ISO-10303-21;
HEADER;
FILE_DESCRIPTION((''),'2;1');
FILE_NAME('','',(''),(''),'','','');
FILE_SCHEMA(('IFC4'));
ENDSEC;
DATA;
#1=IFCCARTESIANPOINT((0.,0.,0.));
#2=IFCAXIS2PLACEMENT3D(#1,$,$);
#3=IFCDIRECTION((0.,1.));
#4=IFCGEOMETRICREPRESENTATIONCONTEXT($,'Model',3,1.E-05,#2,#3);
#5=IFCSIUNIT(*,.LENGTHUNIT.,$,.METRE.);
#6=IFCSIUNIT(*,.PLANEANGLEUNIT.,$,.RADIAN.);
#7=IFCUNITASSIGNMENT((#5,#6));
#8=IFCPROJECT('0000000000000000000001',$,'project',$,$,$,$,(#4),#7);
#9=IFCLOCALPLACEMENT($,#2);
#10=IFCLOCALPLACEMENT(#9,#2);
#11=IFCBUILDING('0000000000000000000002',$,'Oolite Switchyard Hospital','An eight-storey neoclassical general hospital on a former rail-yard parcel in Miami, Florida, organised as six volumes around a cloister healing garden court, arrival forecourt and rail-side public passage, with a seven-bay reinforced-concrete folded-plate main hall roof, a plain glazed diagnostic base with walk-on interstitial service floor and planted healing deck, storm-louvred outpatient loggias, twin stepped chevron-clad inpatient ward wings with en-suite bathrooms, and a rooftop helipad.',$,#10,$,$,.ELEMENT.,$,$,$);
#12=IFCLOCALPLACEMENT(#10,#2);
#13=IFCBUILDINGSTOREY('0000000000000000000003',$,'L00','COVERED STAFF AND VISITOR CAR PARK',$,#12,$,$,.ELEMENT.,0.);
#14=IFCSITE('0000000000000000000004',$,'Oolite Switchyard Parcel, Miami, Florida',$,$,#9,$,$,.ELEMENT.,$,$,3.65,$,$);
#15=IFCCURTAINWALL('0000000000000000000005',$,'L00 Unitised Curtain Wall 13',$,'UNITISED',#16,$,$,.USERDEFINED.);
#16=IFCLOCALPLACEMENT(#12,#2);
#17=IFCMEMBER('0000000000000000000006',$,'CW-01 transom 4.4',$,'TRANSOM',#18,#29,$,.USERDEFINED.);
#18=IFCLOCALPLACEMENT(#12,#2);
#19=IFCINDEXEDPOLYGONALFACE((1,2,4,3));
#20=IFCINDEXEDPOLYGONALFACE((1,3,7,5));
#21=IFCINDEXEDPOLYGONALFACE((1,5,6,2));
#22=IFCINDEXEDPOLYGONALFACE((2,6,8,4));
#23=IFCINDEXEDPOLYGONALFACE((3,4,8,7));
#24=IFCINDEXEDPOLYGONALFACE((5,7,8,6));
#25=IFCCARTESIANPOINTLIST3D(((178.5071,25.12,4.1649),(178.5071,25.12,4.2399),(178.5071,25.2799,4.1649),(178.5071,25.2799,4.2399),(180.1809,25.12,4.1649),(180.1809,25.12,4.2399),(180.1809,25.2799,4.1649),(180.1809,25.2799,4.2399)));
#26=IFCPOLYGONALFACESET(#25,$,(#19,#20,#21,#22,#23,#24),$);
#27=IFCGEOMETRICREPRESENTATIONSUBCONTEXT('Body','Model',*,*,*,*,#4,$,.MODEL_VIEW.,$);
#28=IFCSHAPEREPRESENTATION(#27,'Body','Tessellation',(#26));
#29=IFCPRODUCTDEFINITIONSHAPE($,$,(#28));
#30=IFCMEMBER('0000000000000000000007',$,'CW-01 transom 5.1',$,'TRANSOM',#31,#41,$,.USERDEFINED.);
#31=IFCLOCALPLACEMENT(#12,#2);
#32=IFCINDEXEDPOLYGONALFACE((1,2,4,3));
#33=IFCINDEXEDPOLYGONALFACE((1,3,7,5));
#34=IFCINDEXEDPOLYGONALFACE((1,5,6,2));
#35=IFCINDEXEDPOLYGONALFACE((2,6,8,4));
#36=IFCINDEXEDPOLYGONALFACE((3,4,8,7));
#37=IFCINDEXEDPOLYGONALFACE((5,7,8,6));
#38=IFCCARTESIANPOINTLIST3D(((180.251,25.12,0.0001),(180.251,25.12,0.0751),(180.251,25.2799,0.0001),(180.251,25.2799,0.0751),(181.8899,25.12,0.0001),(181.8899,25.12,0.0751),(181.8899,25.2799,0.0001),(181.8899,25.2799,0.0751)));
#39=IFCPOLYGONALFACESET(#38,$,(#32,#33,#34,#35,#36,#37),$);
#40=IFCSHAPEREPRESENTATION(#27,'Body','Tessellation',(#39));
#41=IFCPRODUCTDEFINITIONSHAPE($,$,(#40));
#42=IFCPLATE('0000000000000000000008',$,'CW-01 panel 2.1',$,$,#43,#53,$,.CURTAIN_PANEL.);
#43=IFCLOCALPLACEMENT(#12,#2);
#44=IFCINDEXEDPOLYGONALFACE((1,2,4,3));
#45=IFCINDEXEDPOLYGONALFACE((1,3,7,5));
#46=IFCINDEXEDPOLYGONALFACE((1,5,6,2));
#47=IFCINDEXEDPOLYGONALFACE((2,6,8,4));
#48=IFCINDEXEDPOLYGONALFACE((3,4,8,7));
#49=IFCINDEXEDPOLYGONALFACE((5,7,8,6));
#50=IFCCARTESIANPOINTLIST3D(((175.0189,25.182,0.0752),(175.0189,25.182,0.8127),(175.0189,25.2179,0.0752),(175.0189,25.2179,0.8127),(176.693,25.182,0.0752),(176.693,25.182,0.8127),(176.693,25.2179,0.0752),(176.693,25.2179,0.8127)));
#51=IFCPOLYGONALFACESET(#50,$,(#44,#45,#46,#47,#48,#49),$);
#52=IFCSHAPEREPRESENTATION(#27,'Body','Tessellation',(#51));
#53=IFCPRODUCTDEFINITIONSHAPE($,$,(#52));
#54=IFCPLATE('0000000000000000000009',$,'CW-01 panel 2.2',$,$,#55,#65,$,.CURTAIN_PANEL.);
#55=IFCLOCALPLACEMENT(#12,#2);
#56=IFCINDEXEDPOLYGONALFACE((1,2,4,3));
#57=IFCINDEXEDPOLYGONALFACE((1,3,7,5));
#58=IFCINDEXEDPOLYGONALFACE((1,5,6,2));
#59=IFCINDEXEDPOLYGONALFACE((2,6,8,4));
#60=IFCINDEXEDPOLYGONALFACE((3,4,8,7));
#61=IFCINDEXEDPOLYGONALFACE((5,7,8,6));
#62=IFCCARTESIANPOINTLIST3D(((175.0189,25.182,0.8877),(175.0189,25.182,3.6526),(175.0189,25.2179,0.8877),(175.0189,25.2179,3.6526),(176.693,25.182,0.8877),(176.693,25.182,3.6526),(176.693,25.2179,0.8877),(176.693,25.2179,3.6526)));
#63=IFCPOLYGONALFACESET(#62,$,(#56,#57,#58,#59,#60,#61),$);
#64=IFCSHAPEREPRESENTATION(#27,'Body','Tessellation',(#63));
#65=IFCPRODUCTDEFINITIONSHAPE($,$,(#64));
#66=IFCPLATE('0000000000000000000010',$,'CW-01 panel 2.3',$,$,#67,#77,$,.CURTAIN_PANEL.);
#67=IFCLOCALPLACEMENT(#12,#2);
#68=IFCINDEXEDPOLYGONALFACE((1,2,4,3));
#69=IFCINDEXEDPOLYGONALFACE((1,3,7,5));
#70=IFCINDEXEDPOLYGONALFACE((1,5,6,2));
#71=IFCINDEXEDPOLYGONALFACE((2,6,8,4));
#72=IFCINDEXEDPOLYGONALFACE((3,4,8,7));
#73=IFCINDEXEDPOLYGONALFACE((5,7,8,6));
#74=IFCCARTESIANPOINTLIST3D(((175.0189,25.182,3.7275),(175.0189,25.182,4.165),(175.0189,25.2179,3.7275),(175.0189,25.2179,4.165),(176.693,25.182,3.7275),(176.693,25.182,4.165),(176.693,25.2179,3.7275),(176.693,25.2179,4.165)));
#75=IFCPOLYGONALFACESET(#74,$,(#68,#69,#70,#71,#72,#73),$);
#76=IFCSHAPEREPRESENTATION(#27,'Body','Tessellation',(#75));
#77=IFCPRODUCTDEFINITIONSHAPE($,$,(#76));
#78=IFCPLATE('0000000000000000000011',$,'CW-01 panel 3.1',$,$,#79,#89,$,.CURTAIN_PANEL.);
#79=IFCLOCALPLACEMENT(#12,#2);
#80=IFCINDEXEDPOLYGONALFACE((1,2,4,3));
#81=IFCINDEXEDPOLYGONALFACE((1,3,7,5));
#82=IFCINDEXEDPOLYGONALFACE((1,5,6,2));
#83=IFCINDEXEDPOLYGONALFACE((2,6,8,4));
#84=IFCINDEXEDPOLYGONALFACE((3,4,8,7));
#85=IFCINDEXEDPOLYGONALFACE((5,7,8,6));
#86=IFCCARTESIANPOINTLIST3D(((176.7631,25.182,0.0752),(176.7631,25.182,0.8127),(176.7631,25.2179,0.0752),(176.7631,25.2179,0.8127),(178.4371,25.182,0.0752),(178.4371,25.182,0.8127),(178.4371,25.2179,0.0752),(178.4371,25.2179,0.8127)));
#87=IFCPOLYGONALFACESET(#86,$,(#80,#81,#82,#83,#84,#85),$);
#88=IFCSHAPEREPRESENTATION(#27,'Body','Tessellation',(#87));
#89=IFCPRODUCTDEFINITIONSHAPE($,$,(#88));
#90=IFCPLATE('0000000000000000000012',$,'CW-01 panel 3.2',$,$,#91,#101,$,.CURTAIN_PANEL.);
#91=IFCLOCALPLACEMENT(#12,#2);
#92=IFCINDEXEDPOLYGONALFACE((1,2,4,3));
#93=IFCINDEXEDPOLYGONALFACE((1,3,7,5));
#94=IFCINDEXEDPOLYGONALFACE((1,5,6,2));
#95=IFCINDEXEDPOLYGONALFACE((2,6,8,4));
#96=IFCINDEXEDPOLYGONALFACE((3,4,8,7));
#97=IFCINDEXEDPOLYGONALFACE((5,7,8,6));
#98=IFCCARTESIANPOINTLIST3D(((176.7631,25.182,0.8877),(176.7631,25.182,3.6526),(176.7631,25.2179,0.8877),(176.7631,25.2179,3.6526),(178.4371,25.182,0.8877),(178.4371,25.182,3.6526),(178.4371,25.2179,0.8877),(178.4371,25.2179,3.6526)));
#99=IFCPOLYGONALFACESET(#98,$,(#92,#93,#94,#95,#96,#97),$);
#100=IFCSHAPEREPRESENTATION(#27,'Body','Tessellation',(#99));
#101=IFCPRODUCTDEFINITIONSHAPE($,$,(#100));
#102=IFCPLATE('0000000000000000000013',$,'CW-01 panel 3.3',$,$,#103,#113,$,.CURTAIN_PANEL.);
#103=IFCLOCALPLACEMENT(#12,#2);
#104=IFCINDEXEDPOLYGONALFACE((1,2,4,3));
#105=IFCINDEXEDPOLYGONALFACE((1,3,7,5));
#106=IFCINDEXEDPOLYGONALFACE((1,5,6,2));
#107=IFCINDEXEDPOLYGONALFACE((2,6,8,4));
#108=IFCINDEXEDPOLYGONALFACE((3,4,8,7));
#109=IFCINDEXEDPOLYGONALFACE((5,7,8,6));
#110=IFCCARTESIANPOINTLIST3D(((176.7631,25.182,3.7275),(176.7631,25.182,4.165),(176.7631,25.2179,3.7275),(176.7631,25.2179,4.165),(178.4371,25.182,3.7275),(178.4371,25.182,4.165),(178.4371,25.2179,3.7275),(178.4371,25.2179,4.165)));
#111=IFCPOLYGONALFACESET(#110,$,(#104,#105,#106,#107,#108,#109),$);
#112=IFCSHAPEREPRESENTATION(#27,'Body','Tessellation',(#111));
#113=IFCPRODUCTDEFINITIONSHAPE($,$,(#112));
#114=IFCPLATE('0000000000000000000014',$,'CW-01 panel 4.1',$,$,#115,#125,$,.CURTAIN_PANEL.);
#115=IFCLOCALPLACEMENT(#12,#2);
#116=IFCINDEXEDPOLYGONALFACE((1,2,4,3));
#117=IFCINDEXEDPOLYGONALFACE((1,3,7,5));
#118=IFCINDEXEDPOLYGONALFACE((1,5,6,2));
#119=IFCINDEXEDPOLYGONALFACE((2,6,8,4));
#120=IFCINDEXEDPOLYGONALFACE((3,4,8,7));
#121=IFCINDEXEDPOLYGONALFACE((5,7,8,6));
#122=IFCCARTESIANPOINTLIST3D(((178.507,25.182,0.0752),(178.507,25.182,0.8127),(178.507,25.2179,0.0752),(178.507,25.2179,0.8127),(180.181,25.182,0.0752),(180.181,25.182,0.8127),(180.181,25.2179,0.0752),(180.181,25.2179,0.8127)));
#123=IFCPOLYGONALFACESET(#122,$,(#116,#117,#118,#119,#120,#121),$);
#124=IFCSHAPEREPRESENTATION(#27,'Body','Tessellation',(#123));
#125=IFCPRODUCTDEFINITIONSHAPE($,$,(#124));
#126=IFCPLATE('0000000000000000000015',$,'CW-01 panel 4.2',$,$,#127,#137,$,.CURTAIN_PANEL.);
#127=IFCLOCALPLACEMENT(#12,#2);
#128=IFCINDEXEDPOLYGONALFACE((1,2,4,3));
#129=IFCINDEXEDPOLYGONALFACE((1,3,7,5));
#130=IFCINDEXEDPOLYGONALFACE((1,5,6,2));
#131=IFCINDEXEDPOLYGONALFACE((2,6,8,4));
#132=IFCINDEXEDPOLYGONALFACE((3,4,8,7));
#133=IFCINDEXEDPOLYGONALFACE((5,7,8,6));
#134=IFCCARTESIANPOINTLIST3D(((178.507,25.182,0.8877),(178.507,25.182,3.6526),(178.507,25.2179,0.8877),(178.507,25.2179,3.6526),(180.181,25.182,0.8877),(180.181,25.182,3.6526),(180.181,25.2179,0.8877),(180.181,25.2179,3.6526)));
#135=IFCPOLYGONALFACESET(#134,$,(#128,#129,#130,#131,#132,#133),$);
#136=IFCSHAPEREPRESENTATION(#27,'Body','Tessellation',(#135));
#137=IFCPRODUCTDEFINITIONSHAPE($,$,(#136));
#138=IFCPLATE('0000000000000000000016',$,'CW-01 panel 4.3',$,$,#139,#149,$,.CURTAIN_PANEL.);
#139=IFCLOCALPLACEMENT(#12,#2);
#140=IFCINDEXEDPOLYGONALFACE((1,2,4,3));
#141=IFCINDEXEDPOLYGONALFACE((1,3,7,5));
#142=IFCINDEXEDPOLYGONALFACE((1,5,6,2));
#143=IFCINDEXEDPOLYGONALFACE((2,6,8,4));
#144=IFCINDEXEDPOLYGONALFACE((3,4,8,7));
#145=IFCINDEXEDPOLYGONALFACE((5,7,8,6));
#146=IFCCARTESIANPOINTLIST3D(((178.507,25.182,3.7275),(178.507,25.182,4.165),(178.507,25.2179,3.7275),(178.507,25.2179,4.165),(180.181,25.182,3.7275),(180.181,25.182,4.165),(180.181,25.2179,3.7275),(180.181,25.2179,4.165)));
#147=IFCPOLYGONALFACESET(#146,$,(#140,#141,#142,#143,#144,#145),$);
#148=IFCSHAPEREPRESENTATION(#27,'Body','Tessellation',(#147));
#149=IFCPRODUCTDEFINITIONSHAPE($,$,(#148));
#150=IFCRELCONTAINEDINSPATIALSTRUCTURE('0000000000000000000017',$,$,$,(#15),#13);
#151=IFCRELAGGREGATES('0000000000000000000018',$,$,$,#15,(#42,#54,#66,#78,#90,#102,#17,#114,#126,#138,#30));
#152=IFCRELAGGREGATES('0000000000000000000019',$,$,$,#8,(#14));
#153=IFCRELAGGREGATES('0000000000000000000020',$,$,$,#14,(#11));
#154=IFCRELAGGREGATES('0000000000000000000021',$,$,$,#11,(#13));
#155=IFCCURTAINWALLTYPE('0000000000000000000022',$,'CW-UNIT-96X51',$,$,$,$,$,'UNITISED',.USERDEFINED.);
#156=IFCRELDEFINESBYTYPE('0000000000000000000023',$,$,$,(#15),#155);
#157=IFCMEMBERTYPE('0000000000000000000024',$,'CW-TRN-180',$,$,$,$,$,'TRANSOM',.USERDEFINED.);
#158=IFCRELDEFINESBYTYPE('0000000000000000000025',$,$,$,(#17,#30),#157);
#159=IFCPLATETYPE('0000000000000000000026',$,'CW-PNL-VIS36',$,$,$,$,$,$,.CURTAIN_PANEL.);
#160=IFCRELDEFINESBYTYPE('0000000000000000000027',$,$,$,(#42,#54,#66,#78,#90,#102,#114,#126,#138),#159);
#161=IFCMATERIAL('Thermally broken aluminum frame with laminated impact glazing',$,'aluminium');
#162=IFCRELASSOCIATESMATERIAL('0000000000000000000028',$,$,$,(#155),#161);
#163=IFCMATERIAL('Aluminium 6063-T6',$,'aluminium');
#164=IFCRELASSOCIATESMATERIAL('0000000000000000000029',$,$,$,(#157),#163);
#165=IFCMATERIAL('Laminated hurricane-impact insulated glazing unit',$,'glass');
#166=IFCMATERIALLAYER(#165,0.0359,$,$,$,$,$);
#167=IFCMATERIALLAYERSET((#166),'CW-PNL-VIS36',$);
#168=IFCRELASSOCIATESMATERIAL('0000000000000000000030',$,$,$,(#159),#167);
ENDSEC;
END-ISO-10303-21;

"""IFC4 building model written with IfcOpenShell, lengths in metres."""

from ifc_helpers import new_model, si_unit, direction, frame, origin, origin_2d, place, context, subcontext, project, spatial, rectangle, extrude, material, layer, layer_set, material_profile, profile_set, type_object, element, aggregate, save


model = new_model("IFC4")

# Units and contexts
model_context = context("Model", 3, precision=1e-05, world=origin(), true_north=direction((0.0, 1.0)))
body_context = subcontext(model_context, "Body", "Model", "MODEL_VIEW")
ifc_project = project(units=[si_unit("LENGTHUNIT", "METRE"), si_unit("PLANEANGLEUNIT", "RADIAN")], contexts=[model_context])

# Site, building, storey
site_placement = place(None, origin())
site = spatial("IfcSite", under=ifc_project, at=site_placement, Name="Oolite Switchyard Parcel, Miami, Florida", CompositionType="ELEMENT", RefElevation=3.65)
building_placement = place(site_placement, origin())
building = spatial("IfcBuilding", under=site, at=building_placement, Name="Oolite Switchyard Hospital", Description="An eight-storey neoclassical general hospital on a former rail-yard parcel in Miami, Florida, organised as six volumes around a cloister healing garden court, arrival forecourt and rail-side public passage, with a seven-bay reinforced-concrete folded-plate main hall roof, a plain glazed diagnostic base with walk-on interstitial service floor and planted healing deck, storm-louvred outpatient loggias, twin stepped chevron-clad inpatient ward wings with en-suite bathrooms, and a rooftop helipad.", CompositionType="ELEMENT")
storey_placement = place(building_placement, origin())
storey = spatial("IfcBuildingStorey", under=building, at=storey_placement, Name="L00", Description="COVERED STAFF AND VISITOR CAR PARK", CompositionType="ELEMENT", Elevation=0.0)

# Curtain wall, members, plates
ifc_material_1 = material(Name="Thermally broken aluminum frame with laminated impact glazing", Category="aluminium")
curtain_wall_type = type_object("IfcCurtainWallType", Name="CW-UNIT-96X51", ElementType="UNITISED", PredefinedType="USERDEFINED", material=ifc_material_1)
curtain_wall_placement = place(storey_placement, origin())
curtain_wall = element("IfcCurtainWall", 1, at=curtain_wall_placement, inside=storey, type_object=curtain_wall_type, Name="L00 Unitised Curtain Wall 13", ObjectType="UNITISED", PredefinedType="USERDEFINED")
ifc_material_2 = material(Name="Aluminium 6063-T6", Category="aluminium")
ifc_material_profile_1 = material_profile(ifc_material_2, rectangle(XDim=0.1599, YDim=0.075, at=origin_2d()), Name="CWT75X160")
ifc_profile_set_1 = profile_set([ifc_material_profile_1], Name="Aluminium 6063-T6")
member_type_1 = type_object("IfcMemberType", Name="CW-TRN-180", ElementType="TRANSOM", PredefinedType="USERDEFINED", material=ifc_profile_set_1)
member_1_placement = place(storey_placement, frame((178.5071, 25.2, 4.2024), z_axis=(1.0, 0.0, 0.0), x_axis=(0.0, 1.0, 0.0)))
member_1 = element("IfcMember", 2, at=member_1_placement, type_object=member_type_1, Name="CW-01 transom 4.4", ObjectType="TRANSOM", PredefinedType="USERDEFINED", context=body_context, shape_type="SweptSolid", body=[
    extrude(rectangle(XDim=0.1599, YDim=0.075, at=origin_2d()), origin(), (0.0, 0.0, 1.0), 1.6738),
])
member_2_placement = place(storey_placement, frame((180.251, 25.2, 0.0376), z_axis=(1.0, 0.0, 0.0), x_axis=(0.0, 1.0, 0.0)))
member_2 = element("IfcMember", 3, at=member_2_placement, type_object=member_type_1, Name="CW-01 transom 5.1", ObjectType="TRANSOM", PredefinedType="USERDEFINED", context=body_context, shape_type="SweptSolid", body=[
    extrude(rectangle(XDim=0.1599, YDim=0.075, at=origin_2d()), origin(), (0.0, 0.0, 1.0), 1.6389),
])
ifc_material_3 = material(Name="Laminated hurricane-impact insulated glazing unit", Category="glass")
ifc_layer = layer(ifc_material_3, 0.0359)
ifc_layer_set = layer_set([ifc_layer], Name="CW-PNL-VIS36")
plate_type = type_object("IfcPlateType", Name="CW-PNL-VIS36", PredefinedType="CURTAIN_PANEL", material=ifc_layer_set)
plate_1_placement = place(storey_placement, frame((175.856, 25.2, 0.0752), z_axis=(0.0, 0.0, 1.0), x_axis=(1.0, 0.0, 0.0)))
plate_1 = element("IfcPlate", 4, at=plate_1_placement, type_object=plate_type, Name="CW-01 panel 2.1", PredefinedType="CURTAIN_PANEL", context=body_context, shape_type="SweptSolid", body=[
    extrude(rectangle(XDim=1.6741, YDim=0.0359, at=origin_2d()), origin(), (0.0, 0.0, 1.0), 0.7375),
])
plate_2_placement = place(storey_placement, frame((175.856, 25.2, 0.8877), z_axis=(0.0, 0.0, 1.0), x_axis=(1.0, 0.0, 0.0)))
plate_2 = element("IfcPlate", 5, at=plate_2_placement, type_object=plate_type, Name="CW-01 panel 2.2", PredefinedType="CURTAIN_PANEL", context=body_context, shape_type="SweptSolid", body=[
    extrude(rectangle(XDim=1.6741, YDim=0.0359, at=origin_2d()), origin(), (0.0, 0.0, 1.0), 2.7649),
])
plate_3_placement = place(storey_placement, frame((175.856, 25.2, 3.7275), z_axis=(0.0, 0.0, 1.0), x_axis=(1.0, 0.0, 0.0)))
plate_3 = element("IfcPlate", 6, at=plate_3_placement, type_object=plate_type, Name="CW-01 panel 2.3", PredefinedType="CURTAIN_PANEL", context=body_context, shape_type="SweptSolid", body=[
    extrude(rectangle(XDim=1.6741, YDim=0.0359, at=origin_2d()), origin(), (0.0, 0.0, 1.0), 0.4375),
])
plate_4_placement = place(storey_placement, frame((177.6001, 25.2, 0.0752), z_axis=(0.0, 0.0, 1.0), x_axis=(1.0, 0.0, 0.0)))
plate_4 = element("IfcPlate", 7, at=plate_4_placement, type_object=plate_type, Name="CW-01 panel 3.1", PredefinedType="CURTAIN_PANEL", context=body_context, shape_type="SweptSolid", body=[
    extrude(rectangle(XDim=1.6741, YDim=0.0359, at=origin_2d()), origin(), (0.0, 0.0, 1.0), 0.7375),
])
plate_5_placement = place(storey_placement, frame((177.6001, 25.2, 0.8877), z_axis=(0.0, 0.0, 1.0), x_axis=(1.0, 0.0, 0.0)))
plate_5 = element("IfcPlate", 8, at=plate_5_placement, type_object=plate_type, Name="CW-01 panel 3.2", PredefinedType="CURTAIN_PANEL", context=body_context, shape_type="SweptSolid", body=[
    extrude(rectangle(XDim=1.6741, YDim=0.0359, at=origin_2d()), origin(), (0.0, 0.0, 1.0), 2.7649),
])
plate_6_placement = place(storey_placement, frame((177.6001, 25.2, 3.7275), z_axis=(0.0, 0.0, 1.0), x_axis=(1.0, 0.0, 0.0)))
plate_6 = element("IfcPlate", 9, at=plate_6_placement, type_object=plate_type, Name="CW-01 panel 3.3", PredefinedType="CURTAIN_PANEL", context=body_context, shape_type="SweptSolid", body=[
    extrude(rectangle(XDim=1.6741, YDim=0.0359, at=origin_2d()), origin(), (0.0, 0.0, 1.0), 0.4375),
])
plate_7_placement = place(storey_placement, frame((179.344, 25.2, 0.0752), z_axis=(0.0, 0.0, 1.0), x_axis=(1.0, 0.0, 0.0)))
plate_7 = element("IfcPlate", 10, at=plate_7_placement, type_object=plate_type, Name="CW-01 panel 4.1", PredefinedType="CURTAIN_PANEL", context=body_context, shape_type="SweptSolid", body=[
    extrude(rectangle(XDim=1.6741, YDim=0.0359, at=origin_2d()), origin(), (0.0, 0.0, 1.0), 0.7375),
])
plate_8_placement = place(storey_placement, frame((179.344, 25.2, 0.8877), z_axis=(0.0, 0.0, 1.0), x_axis=(1.0, 0.0, 0.0)))
plate_8 = element("IfcPlate", 11, at=plate_8_placement, type_object=plate_type, Name="CW-01 panel 4.2", PredefinedType="CURTAIN_PANEL", context=body_context, shape_type="SweptSolid", body=[
    extrude(rectangle(XDim=1.6741, YDim=0.0359, at=origin_2d()), origin(), (0.0, 0.0, 1.0), 2.7649),
])
plate_9_placement = place(storey_placement, frame((179.344, 25.2, 3.7275), z_axis=(0.0, 0.0, 1.0), x_axis=(1.0, 0.0, 0.0)))
plate_9 = element("IfcPlate", 12, at=plate_9_placement, type_object=plate_type, Name="CW-01 panel 4.3", PredefinedType="CURTAIN_PANEL", context=body_context, shape_type="SweptSolid", body=[
    extrude(rectangle(XDim=1.6741, YDim=0.0359, at=origin_2d()), origin(), (0.0, 0.0, 1.0), 0.4375),
])
aggregate(curtain_wall, [plate_1, plate_2, plate_3, plate_4, plate_5, plate_6, member_1, plate_7, plate_8, plate_9, member_2])

save(model, "model.ifc")
